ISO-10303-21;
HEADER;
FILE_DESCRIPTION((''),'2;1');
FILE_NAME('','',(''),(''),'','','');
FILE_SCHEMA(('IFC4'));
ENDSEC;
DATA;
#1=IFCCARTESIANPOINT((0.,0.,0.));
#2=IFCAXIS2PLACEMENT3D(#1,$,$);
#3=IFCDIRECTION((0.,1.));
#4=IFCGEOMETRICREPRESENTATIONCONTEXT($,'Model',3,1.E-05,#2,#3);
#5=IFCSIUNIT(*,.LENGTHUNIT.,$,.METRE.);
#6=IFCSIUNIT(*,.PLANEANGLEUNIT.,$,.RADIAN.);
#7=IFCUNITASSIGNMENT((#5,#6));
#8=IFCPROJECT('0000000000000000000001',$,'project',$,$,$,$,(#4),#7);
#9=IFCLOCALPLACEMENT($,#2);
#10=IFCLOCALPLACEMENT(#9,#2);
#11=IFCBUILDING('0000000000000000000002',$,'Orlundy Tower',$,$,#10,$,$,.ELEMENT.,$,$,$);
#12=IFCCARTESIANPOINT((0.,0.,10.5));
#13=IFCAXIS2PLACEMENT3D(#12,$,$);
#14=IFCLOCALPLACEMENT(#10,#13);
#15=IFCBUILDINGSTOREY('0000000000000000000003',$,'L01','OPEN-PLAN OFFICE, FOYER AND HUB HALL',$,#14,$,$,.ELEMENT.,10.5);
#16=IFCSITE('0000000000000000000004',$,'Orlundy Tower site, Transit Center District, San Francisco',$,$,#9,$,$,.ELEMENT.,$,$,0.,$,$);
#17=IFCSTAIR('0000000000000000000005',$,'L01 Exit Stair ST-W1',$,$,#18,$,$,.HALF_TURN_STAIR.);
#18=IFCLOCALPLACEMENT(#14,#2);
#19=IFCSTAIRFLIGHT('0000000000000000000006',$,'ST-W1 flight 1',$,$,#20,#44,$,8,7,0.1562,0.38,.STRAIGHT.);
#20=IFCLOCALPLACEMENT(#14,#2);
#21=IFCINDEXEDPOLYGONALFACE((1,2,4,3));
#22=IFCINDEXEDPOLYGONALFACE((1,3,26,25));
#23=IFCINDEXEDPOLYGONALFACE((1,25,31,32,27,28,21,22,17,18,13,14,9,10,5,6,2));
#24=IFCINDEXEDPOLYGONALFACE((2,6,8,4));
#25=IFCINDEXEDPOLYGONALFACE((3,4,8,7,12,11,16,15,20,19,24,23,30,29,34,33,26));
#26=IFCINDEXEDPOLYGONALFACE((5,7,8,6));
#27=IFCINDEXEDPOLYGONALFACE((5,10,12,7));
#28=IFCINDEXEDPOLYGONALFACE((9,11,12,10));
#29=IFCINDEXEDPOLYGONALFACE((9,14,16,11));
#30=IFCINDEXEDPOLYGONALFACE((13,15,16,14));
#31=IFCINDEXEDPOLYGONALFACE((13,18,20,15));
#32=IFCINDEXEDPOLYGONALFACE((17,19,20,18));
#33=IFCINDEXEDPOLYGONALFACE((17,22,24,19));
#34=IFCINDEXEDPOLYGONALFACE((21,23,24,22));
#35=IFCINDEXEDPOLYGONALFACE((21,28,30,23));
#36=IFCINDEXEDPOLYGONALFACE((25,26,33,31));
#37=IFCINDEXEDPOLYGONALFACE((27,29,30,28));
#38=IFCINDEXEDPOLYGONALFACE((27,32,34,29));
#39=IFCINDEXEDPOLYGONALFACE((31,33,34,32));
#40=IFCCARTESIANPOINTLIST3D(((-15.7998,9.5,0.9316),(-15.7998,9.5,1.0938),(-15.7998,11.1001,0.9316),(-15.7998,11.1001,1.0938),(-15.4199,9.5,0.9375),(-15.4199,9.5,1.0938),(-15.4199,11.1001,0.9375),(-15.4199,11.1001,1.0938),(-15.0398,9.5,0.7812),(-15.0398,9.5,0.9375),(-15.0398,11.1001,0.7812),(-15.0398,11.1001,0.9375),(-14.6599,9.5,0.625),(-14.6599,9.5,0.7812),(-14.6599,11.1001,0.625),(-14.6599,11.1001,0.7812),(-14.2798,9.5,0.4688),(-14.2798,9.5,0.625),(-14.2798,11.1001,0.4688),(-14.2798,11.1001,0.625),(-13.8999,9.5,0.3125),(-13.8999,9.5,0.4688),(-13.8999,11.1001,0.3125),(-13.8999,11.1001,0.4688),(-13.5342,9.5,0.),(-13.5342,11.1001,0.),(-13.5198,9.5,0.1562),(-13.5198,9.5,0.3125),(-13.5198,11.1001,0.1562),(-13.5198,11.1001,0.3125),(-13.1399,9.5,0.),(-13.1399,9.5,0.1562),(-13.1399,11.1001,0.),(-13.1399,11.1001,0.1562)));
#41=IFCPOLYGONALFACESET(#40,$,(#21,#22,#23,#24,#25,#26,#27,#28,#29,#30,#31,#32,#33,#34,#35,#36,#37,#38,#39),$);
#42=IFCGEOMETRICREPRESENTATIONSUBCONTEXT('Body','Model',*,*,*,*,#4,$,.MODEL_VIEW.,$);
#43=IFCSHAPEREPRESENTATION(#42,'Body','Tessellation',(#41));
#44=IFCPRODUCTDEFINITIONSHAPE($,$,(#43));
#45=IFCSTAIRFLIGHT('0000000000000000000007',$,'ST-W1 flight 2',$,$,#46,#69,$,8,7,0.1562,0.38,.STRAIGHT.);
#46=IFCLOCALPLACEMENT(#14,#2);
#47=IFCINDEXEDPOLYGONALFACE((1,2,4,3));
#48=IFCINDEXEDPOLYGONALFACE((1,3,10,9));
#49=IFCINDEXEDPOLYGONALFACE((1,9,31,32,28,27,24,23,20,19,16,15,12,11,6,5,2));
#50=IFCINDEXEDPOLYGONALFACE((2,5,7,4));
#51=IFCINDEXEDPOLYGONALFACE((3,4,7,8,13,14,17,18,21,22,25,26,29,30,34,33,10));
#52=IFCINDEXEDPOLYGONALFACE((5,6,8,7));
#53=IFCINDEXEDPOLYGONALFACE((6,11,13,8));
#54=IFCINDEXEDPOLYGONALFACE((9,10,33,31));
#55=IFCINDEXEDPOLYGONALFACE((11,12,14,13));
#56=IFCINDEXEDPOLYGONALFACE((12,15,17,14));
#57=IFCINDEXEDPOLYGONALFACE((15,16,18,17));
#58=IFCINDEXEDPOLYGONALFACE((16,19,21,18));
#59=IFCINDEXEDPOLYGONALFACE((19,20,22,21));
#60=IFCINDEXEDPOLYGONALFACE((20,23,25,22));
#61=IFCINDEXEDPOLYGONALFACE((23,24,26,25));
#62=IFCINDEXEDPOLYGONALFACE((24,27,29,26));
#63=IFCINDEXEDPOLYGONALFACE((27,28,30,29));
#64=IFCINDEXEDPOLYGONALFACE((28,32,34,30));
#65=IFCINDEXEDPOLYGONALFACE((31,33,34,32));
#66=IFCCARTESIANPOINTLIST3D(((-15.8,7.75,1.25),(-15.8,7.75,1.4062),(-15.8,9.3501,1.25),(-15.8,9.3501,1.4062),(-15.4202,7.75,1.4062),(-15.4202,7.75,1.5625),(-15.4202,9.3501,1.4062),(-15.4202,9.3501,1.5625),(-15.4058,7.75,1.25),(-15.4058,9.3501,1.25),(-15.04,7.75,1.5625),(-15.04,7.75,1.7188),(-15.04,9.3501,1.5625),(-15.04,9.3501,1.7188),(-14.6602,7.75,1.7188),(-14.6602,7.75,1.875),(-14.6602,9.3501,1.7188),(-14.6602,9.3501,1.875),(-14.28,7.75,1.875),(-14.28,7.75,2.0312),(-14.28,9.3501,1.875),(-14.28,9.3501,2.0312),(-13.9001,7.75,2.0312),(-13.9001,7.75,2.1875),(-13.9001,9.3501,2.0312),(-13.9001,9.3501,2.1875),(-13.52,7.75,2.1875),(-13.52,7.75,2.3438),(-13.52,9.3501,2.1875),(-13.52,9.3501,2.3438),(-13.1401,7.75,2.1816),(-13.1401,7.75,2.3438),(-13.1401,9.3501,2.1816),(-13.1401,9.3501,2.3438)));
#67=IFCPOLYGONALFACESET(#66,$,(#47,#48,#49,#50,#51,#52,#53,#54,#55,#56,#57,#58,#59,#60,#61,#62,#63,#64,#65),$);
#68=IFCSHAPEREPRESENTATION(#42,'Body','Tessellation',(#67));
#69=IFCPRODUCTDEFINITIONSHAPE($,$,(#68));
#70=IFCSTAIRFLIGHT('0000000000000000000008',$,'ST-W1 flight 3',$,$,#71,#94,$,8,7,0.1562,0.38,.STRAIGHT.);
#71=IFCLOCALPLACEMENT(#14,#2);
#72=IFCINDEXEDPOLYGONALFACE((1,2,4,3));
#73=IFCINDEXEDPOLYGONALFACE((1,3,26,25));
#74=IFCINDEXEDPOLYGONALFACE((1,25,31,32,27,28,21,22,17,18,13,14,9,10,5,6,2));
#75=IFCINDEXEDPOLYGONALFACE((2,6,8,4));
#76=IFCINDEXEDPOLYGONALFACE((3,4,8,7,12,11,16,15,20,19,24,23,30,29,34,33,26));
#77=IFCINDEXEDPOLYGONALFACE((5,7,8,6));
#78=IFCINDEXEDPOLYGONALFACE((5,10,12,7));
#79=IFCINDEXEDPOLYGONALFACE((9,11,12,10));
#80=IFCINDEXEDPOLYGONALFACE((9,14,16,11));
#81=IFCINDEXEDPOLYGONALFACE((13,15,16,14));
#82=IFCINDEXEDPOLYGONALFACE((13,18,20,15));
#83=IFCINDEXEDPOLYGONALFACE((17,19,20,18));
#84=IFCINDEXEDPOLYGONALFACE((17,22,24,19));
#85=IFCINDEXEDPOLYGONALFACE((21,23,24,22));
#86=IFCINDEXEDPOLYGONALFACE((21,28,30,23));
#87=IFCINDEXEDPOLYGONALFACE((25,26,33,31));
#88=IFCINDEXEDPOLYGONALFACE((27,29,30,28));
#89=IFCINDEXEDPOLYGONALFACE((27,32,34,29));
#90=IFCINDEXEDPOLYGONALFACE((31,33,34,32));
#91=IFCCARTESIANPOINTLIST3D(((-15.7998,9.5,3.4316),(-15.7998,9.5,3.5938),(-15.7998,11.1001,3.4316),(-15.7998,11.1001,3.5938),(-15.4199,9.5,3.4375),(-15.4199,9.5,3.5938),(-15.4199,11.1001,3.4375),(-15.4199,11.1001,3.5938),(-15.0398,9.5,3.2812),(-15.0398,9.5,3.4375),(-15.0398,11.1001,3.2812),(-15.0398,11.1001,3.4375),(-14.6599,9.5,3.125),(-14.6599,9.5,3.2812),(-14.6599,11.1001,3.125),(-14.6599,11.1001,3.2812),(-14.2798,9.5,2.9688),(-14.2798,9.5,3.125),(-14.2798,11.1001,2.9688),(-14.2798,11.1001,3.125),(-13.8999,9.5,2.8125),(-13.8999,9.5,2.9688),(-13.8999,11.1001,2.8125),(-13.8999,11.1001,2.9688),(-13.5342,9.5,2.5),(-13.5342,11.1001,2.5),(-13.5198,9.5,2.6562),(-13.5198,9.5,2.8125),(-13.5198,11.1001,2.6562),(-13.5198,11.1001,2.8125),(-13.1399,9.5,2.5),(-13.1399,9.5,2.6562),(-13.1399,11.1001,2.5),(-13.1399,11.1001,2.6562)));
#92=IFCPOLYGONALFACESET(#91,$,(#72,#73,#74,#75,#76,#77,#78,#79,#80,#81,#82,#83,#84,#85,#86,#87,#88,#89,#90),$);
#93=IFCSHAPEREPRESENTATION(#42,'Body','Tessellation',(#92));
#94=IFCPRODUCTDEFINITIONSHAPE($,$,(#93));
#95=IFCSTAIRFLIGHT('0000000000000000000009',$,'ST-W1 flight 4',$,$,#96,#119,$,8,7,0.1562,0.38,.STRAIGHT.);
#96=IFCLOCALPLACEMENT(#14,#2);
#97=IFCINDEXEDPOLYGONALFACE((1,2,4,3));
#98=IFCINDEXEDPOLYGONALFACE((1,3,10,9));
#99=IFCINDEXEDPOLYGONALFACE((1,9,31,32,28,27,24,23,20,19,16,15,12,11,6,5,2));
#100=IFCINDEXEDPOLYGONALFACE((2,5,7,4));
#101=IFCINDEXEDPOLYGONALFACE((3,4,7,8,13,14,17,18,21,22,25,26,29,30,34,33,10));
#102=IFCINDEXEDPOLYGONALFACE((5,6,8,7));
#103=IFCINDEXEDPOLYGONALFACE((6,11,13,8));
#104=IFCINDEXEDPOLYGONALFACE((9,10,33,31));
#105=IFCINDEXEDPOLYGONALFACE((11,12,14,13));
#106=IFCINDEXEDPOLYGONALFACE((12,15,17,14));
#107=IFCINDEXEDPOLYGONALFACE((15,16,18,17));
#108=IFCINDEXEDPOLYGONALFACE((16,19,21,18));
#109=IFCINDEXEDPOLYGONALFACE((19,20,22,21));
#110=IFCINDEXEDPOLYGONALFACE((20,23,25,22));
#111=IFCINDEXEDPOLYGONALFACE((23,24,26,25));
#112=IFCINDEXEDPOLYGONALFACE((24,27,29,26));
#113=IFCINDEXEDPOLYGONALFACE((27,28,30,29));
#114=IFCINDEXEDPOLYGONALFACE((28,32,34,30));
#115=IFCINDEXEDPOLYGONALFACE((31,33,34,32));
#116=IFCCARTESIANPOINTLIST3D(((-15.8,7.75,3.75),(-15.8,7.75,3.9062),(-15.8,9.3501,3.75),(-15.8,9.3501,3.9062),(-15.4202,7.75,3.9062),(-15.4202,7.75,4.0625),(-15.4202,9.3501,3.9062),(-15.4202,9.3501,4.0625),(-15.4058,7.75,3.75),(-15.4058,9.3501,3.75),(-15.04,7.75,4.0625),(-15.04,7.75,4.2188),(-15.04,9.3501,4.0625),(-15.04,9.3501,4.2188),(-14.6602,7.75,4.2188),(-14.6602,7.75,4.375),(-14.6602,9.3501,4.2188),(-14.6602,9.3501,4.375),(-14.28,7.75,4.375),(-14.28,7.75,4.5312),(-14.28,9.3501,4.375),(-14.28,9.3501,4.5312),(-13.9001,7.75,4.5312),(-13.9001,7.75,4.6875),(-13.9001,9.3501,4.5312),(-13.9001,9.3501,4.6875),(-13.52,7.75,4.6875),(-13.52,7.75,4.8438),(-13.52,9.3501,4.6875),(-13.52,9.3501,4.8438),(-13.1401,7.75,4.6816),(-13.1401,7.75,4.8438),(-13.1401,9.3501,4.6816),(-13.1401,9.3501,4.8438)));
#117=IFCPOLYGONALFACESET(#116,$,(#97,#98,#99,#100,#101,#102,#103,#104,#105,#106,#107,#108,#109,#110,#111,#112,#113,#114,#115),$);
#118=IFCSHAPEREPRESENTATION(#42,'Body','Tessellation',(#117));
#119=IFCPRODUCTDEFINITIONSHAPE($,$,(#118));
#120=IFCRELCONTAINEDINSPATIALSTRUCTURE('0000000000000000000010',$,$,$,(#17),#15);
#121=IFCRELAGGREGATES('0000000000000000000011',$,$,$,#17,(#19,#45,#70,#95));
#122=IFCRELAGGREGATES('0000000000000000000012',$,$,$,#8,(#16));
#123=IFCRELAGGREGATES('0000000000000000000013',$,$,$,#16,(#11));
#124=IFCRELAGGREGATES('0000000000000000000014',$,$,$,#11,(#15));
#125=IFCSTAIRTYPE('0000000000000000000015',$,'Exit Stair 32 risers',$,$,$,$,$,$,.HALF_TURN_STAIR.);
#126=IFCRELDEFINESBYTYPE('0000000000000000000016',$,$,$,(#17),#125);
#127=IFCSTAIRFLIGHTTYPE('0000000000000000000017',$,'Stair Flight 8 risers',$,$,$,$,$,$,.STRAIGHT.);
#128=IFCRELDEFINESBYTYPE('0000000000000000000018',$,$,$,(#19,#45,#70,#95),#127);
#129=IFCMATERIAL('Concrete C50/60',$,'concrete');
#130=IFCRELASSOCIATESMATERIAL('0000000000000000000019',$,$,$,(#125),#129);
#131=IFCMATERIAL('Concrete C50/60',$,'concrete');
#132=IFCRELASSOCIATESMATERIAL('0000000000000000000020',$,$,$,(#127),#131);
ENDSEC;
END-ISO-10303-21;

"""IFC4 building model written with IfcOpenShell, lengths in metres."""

from ifc_helpers import new_model, si_unit, direction, frame, origin, place, context, subcontext, project, spatial, polyline, outline, extrude, material, type_object, element, aggregate, save


model = new_model("IFC4")

# Units and contexts
model_context = context("Model", 3, precision=1e-05, world=origin(), true_north=direction((0.0, 1.0)))
body_context = subcontext(model_context, "Body", "Model", "MODEL_VIEW")
ifc_project = project(units=[si_unit("LENGTHUNIT", "METRE"), si_unit("PLANEANGLEUNIT", "RADIAN")], contexts=[model_context])

# Site, building, storey
site_placement = place(None, origin())
site = spatial("IfcSite", under=ifc_project, at=site_placement, Name="Orlundy Tower site, Transit Center District, San Francisco", CompositionType="ELEMENT", RefElevation=0.0)
building_placement = place(site_placement, origin())
building = spatial("IfcBuilding", under=site, at=building_placement, Name="Orlundy Tower", CompositionType="ELEMENT")
storey_placement = place(building_placement, frame((0.0, 0.0, 10.5)))
storey = spatial("IfcBuildingStorey", under=building, at=storey_placement, Name="L01", Description="OPEN-PLAN OFFICE, FOYER AND HUB HALL", CompositionType="ELEMENT", Elevation=10.5)

# Stair, stair flights
ifc_material_1 = material(Name="Concrete C50/60", Category="concrete")
stair_type = type_object("IfcStairType", Name="Exit Stair 32 risers", PredefinedType="HALF_TURN_STAIR", material=ifc_material_1)
stair_placement = place(storey_placement, origin())
stair = element("IfcStair", 1, at=stair_placement, inside=storey, type_object=stair_type, Name="L01 Exit Stair ST-W1", PredefinedType="HALF_TURN_STAIR")
ifc_material_2 = material(Name="Concrete C50/60", Category="concrete")
stair_flight_type = type_object("IfcStairFlightType", Name="Stair Flight 8 risers", PredefinedType="STRAIGHT", material=ifc_material_2)
stair_flight_1_placement = place(storey_placement, frame((-13.1399, 10.3, 0.0), z_axis=(0.0, 0.0, 1.0), x_axis=(-1.0, 0.0, 0.0)))
stair_flight_1 = element("IfcStairFlight", 2, at=stair_flight_1_placement, type_object=stair_flight_type, Name="ST-W1 flight 1", NumberOfRisers=8, NumberOfTreads=7, PredefinedType="STRAIGHT", RiserHeight=0.1562, TreadLength=0.38, context=body_context, shape_type="SweptSolid", body=[
    extrude(outline(polyline([(0.0, 0.0), (0.0, 0.1562), (0.3799, 0.1562), (0.3799, 0.3125), (0.76, 0.3125), (0.76, 0.4688), (1.1399, 0.4688), (1.1399, 0.625), (1.52, 0.625), (1.52, 0.7812), (1.8999, 0.7812), (1.8999, 0.9375), (2.28, 0.9375), (2.28, 1.0938), (2.6599, 1.0938), (2.6599, 1.25), (2.6599, 0.9316), (0.3943, 0.0), (0.0, 0.0)])), frame((0.0, 0.8, 0.0), z_axis=(0.0, -1.0, 0.0), x_axis=(1.0, 0.0, 0.0)), (0.0, 0.0, 1.0), 1.6001),
])
stair_flight_2_placement = place(storey_placement, frame((-15.8, 8.55, 1.25), z_axis=(0.0, 0.0, 1.0), x_axis=(1.0, 0.0, 0.0)))
stair_flight_2 = element("IfcStairFlight", 3, at=stair_flight_2_placement, type_object=stair_flight_type, Name="ST-W1 flight 2", NumberOfRisers=8, NumberOfTreads=7, PredefinedType="STRAIGHT", RiserHeight=0.1562, TreadLength=0.38, context=body_context, shape_type="SweptSolid", body=[
    extrude(outline(polyline([(0.0, 0.0), (0.0, 0.1562), (0.3799, 0.1562), (0.3799, 0.3125), (0.76, 0.3125), (0.76, 0.4688), (1.1399, 0.4688), (1.1399, 0.625), (1.52, 0.625), (1.52, 0.7812), (1.8999, 0.7812), (1.8999, 0.9375), (2.28, 0.9375), (2.28, 1.0938), (2.6599, 1.0938), (2.6599, 1.25), (2.6599, 0.9316), (0.3943, 0.0), (0.0, 0.0)])), frame((0.0, 0.8, 0.0), z_axis=(0.0, -1.0, 0.0), x_axis=(1.0, 0.0, 0.0)), (0.0, 0.0, 1.0), 1.6001),
])
stair_flight_3_placement = place(storey_placement, frame((-13.1399, 10.3, 2.5), z_axis=(0.0, 0.0, 1.0), x_axis=(-1.0, 0.0, 0.0)))
stair_flight_3 = element("IfcStairFlight", 4, at=stair_flight_3_placement, type_object=stair_flight_type, Name="ST-W1 flight 3", NumberOfRisers=8, NumberOfTreads=7, PredefinedType="STRAIGHT", RiserHeight=0.1562, TreadLength=0.38, context=body_context, shape_type="SweptSolid", body=[
    extrude(outline(polyline([(0.0, 0.0), (0.0, 0.1562), (0.3799, 0.1562), (0.3799, 0.3125), (0.76, 0.3125), (0.76, 0.4688), (1.1399, 0.4688), (1.1399, 0.625), (1.52, 0.625), (1.52, 0.7812), (1.8999, 0.7812), (1.8999, 0.9375), (2.28, 0.9375), (2.28, 1.0938), (2.6599, 1.0938), (2.6599, 1.25), (2.6599, 0.9316), (0.3943, 0.0), (0.0, 0.0)])), frame((0.0, 0.8, 0.0), z_axis=(0.0, -1.0, 0.0), x_axis=(1.0, 0.0, 0.0)), (0.0, 0.0, 1.0), 1.6001),
])
stair_flight_4_placement = place(storey_placement, frame((-15.8, 8.55, 3.75), z_axis=(0.0, 0.0, 1.0), x_axis=(1.0, 0.0, 0.0)))
stair_flight_4 = element("IfcStairFlight", 5, at=stair_flight_4_placement, type_object=stair_flight_type, Name="ST-W1 flight 4", NumberOfRisers=8, NumberOfTreads=7, PredefinedType="STRAIGHT", RiserHeight=0.1562, TreadLength=0.38, context=body_context, shape_type="SweptSolid", body=[
    extrude(outline(polyline([(0.0, 0.0), (0.0, 0.1562), (0.3799, 0.1562), (0.3799, 0.3125), (0.76, 0.3125), (0.76, 0.4688), (1.1399, 0.4688), (1.1399, 0.625), (1.52, 0.625), (1.52, 0.7812), (1.8999, 0.7812), (1.8999, 0.9375), (2.28, 0.9375), (2.28, 1.0938), (2.6599, 1.0938), (2.6599, 1.25), (2.6599, 0.9316), (0.3943, 0.0), (0.0, 0.0)])), frame((0.0, 0.8, 0.0), z_axis=(0.0, -1.0, 0.0), x_axis=(1.0, 0.0, 0.0)), (0.0, 0.0, 1.0), 1.6001),
])
aggregate(stair, [stair_flight_1, stair_flight_2, stair_flight_3, stair_flight_4])

save(model, "model.ifc")
